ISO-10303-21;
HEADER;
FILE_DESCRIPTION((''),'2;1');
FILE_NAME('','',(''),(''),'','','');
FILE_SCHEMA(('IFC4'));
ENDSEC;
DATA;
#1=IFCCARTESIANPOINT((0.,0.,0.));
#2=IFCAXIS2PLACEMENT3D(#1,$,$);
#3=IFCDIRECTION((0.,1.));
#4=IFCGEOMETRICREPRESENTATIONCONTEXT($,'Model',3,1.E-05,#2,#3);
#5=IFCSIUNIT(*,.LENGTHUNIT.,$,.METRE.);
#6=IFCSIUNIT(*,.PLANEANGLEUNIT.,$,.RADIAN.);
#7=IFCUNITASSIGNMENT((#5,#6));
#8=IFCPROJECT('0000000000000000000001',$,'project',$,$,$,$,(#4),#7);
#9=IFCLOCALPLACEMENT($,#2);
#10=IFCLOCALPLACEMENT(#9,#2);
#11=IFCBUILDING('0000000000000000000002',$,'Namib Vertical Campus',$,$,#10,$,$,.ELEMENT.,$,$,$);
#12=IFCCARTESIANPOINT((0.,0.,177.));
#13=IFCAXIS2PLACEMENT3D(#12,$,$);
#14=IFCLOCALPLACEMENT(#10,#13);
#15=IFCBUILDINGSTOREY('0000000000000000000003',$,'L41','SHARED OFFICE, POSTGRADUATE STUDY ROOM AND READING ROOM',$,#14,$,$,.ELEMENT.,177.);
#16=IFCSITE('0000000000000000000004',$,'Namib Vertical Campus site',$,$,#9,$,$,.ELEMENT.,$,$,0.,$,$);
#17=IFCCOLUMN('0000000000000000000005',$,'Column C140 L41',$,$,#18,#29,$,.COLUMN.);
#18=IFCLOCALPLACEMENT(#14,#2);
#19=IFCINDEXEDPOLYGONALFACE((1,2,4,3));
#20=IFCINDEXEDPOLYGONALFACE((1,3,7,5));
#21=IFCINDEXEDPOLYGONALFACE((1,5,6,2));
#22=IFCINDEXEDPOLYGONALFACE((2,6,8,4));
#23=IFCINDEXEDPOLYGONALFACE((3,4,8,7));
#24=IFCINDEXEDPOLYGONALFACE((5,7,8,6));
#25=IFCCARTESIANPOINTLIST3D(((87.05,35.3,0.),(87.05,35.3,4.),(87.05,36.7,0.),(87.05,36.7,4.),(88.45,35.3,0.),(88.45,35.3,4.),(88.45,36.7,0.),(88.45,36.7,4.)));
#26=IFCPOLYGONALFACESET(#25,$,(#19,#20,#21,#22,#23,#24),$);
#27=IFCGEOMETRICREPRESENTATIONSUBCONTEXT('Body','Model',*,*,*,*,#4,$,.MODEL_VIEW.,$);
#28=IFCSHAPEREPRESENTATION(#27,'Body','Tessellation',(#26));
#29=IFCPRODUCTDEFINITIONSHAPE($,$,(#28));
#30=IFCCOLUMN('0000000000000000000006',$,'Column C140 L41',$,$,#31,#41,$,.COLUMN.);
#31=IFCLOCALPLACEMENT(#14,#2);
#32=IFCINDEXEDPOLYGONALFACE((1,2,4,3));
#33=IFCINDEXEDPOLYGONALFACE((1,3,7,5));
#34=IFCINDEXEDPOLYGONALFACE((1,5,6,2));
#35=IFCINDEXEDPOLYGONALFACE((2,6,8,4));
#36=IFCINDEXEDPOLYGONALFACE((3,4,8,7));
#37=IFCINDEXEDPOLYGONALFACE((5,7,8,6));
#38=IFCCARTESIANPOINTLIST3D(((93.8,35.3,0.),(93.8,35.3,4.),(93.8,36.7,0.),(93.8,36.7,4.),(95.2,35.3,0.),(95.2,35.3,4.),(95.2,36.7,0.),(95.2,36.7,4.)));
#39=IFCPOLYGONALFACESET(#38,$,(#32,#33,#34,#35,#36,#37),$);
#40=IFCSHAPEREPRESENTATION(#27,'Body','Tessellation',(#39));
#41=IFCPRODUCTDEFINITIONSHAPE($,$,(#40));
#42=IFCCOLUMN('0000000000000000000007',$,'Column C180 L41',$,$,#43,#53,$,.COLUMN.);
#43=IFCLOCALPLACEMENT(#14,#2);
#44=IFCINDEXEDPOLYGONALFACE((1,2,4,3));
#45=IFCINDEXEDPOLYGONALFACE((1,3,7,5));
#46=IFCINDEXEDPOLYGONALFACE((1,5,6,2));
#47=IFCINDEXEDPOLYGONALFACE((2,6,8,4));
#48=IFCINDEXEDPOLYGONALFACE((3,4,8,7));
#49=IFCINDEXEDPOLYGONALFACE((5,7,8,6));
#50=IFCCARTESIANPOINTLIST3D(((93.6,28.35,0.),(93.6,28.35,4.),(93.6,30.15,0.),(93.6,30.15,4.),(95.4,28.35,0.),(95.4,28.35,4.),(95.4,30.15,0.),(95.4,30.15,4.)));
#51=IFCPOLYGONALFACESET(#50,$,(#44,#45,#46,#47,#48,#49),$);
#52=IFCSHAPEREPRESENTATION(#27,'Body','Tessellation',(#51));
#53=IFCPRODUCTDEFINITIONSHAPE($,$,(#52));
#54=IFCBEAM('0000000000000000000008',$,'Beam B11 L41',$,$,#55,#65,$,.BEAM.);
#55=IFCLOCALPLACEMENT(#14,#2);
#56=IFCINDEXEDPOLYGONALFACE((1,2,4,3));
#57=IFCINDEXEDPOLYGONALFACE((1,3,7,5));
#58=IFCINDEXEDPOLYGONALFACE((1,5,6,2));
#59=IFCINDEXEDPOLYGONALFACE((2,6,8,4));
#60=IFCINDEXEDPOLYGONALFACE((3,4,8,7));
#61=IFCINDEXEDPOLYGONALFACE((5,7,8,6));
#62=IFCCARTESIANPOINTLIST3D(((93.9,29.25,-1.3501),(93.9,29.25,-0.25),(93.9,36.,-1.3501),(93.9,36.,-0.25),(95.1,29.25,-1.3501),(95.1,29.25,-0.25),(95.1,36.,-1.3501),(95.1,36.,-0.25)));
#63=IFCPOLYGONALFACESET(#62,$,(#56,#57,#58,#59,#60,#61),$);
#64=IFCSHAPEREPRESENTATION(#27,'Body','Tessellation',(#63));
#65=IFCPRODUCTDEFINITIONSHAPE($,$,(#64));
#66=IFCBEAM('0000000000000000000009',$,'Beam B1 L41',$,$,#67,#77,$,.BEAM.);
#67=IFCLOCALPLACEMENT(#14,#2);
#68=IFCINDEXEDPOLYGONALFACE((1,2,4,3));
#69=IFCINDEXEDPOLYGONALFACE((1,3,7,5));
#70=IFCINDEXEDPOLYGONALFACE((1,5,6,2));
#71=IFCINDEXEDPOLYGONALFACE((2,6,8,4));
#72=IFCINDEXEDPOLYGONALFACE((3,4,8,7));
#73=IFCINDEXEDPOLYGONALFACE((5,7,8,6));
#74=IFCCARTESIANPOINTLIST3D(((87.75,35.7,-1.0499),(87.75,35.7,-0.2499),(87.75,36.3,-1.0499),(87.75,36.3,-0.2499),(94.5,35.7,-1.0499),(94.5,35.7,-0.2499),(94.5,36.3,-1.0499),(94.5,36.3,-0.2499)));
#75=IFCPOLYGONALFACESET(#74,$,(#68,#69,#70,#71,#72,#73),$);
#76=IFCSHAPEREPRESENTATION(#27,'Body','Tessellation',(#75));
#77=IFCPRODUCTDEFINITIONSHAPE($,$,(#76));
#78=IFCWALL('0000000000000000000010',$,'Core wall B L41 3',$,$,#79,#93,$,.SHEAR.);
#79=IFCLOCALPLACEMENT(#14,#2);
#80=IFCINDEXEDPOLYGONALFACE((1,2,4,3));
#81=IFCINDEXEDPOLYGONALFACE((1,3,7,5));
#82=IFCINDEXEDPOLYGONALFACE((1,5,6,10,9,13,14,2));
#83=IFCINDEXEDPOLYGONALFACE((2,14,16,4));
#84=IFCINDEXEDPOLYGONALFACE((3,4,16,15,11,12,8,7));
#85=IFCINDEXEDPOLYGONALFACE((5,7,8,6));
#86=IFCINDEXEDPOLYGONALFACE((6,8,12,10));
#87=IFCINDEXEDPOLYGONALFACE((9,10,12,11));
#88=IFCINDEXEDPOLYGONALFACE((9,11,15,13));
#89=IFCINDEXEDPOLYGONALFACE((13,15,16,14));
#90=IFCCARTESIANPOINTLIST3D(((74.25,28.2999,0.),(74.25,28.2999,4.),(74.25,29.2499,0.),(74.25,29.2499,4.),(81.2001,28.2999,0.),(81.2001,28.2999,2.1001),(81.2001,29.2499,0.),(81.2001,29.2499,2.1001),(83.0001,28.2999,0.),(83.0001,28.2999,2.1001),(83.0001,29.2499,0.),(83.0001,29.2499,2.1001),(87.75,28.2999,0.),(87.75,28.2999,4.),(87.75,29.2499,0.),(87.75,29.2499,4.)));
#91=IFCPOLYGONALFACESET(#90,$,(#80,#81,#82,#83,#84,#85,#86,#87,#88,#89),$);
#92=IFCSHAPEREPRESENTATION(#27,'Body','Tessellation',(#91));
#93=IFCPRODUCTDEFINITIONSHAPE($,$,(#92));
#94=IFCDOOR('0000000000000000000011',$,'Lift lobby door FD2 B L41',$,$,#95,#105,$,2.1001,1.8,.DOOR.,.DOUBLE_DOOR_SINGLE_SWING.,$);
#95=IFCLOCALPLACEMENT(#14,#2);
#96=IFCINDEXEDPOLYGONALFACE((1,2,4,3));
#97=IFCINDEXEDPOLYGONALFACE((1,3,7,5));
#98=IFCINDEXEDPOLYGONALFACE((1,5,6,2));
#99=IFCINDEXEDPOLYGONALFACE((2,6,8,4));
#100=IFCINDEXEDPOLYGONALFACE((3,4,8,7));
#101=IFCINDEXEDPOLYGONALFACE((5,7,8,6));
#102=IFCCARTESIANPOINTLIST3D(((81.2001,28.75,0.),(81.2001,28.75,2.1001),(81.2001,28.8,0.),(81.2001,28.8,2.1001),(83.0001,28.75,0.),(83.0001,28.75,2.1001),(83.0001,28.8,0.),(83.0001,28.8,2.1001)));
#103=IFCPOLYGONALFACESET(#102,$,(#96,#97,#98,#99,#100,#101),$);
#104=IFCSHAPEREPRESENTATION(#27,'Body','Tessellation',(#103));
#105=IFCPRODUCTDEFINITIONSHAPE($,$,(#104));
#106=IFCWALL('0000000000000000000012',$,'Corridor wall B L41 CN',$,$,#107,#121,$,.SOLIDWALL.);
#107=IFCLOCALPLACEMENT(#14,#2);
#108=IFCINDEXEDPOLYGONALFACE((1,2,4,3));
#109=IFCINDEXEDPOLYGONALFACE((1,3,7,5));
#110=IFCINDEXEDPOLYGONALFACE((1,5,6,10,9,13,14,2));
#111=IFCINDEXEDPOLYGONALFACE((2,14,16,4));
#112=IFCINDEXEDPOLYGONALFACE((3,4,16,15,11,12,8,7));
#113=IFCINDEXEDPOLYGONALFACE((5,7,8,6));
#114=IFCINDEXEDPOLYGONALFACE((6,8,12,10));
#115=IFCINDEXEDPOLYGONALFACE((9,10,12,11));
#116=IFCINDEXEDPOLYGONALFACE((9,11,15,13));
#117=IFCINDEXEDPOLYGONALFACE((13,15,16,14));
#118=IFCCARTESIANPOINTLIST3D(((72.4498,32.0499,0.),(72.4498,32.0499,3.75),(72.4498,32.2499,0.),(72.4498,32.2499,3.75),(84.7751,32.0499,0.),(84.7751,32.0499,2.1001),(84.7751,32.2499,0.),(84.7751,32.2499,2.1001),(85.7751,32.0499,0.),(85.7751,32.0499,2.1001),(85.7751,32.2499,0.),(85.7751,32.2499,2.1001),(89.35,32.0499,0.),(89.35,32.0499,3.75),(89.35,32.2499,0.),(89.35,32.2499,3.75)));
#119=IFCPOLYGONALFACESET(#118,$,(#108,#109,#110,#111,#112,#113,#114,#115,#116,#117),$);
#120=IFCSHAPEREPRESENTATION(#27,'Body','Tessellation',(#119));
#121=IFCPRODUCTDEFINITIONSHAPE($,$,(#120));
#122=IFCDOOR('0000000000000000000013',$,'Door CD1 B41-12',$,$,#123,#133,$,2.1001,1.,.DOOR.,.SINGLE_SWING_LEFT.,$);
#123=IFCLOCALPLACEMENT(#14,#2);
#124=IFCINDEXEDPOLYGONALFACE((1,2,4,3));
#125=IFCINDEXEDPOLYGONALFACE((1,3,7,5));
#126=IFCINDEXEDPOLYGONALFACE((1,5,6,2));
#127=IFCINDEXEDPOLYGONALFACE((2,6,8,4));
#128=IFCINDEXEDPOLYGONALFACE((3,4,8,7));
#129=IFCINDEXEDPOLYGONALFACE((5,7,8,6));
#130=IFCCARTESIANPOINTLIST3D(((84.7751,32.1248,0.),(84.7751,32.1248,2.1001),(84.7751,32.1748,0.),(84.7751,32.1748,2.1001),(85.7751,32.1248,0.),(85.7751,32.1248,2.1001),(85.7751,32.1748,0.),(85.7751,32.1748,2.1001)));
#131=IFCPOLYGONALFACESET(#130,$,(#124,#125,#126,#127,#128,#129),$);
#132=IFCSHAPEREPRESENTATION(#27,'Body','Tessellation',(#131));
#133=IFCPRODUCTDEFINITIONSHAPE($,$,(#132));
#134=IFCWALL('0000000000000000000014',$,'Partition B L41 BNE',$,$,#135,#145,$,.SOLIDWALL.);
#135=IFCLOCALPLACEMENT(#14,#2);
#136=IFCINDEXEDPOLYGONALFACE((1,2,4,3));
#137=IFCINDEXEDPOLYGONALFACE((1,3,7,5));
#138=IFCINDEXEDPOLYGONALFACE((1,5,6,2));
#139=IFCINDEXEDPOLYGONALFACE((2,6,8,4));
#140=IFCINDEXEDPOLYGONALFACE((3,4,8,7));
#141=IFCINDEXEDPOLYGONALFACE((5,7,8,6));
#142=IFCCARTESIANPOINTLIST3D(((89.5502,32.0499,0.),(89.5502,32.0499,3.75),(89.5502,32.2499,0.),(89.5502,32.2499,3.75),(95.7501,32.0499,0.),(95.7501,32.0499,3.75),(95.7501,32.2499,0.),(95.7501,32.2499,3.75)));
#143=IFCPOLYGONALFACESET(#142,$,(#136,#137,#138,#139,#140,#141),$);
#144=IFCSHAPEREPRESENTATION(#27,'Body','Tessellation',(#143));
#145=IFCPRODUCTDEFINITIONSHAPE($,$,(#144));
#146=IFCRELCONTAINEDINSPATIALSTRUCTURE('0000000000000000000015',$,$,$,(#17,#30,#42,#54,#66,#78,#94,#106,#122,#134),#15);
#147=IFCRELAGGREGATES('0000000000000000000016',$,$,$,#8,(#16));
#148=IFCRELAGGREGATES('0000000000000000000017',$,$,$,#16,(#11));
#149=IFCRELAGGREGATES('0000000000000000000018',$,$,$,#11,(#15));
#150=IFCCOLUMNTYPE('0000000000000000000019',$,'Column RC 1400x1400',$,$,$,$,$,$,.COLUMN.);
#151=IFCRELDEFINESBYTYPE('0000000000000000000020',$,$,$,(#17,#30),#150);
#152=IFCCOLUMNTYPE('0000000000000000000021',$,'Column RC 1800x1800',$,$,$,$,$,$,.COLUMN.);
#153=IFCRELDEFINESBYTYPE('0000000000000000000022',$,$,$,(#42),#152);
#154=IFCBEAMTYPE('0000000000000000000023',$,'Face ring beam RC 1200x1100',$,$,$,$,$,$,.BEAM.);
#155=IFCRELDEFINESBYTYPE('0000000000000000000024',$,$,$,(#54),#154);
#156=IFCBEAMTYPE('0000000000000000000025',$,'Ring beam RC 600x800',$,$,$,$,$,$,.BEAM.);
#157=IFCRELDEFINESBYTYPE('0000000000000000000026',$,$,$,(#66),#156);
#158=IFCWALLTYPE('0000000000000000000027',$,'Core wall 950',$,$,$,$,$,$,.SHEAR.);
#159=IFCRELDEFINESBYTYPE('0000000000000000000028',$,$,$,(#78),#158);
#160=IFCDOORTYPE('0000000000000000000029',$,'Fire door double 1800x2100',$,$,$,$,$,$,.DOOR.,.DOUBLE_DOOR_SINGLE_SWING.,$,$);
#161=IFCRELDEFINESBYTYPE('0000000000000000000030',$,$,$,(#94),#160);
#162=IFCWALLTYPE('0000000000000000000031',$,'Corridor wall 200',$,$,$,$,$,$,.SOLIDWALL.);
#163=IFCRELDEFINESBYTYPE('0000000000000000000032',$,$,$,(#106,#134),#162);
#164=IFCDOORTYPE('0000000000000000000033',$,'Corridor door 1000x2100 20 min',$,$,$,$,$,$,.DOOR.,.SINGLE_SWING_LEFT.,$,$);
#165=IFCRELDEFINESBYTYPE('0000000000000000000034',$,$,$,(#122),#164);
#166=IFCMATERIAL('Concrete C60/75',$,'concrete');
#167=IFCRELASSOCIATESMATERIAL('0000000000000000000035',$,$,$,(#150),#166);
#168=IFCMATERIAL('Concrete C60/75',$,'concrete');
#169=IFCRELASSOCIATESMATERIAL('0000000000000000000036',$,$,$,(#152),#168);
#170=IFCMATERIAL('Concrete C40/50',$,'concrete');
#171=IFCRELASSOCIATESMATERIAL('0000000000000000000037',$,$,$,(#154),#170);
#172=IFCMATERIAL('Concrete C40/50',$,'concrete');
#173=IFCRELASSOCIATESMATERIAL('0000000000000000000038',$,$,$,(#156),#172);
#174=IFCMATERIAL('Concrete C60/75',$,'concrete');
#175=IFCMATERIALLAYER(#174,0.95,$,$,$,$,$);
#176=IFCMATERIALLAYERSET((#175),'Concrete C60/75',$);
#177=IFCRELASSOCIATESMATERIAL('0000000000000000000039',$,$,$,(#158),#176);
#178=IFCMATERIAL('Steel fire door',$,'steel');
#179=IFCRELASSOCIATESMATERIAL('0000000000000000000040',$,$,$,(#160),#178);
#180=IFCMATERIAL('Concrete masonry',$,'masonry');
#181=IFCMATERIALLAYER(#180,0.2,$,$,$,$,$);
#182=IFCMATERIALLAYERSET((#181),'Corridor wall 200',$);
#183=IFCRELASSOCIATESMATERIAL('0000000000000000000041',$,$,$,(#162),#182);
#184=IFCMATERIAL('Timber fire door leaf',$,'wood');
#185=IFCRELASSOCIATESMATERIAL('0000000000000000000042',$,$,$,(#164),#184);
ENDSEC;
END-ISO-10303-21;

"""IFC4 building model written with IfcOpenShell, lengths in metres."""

from ifc_helpers import new_model, si_unit, direction, frame, frame_2d, origin, origin_2d, place, context, subcontext, project, spatial, rectangle, extrude, material, layer, layer_set, material_profile, profile_set, type_object, element, fill, save


model = new_model("IFC4")

# Units and contexts
model_context = context("Model", 3, precision=1e-05, world=origin(), true_north=direction((0.0, 1.0)))
body_context = subcontext(model_context, "Body", "Model", "MODEL_VIEW")
ifc_project = project(units=[si_unit("LENGTHUNIT", "METRE"), si_unit("PLANEANGLEUNIT", "RADIAN")], contexts=[model_context])

# Site, building, storey
site_placement = place(None, origin())
site = spatial("IfcSite", under=ifc_project, at=site_placement, Name="Namib Vertical Campus site", CompositionType="ELEMENT", RefElevation=0.0)
building_placement = place(site_placement, origin())
building = spatial("IfcBuilding", under=site, at=building_placement, Name="Namib Vertical Campus", CompositionType="ELEMENT")
storey_placement = place(building_placement, frame((0.0, 0.0, 177.0)))
storey = spatial("IfcBuildingStorey", under=building, at=storey_placement, Name="L41", Description="SHARED OFFICE, POSTGRADUATE STUDY ROOM AND READING ROOM", CompositionType="ELEMENT", Elevation=177.0)

# Columns
ifc_material_1 = material(Name="Concrete C60/75", Category="concrete")
ifc_material_profile_1 = material_profile(ifc_material_1, rectangle(XDim=1.3999, YDim=1.3999, at=origin_2d()))
ifc_profile_set_1 = profile_set([ifc_material_profile_1], Name="Concrete C60/75")
column_type_1 = type_object("IfcColumnType", Name="Column RC 1400x1400", PredefinedType="COLUMN", material=ifc_profile_set_1)
for number, where, z_axis, x_axis, name in (
    (1, (87.75, 36.0, 0.0), (0.0, 0.0, 1.0), (1.0, 0.0, 0.0), "Column C140 L41"),
    (2, (94.5, 36.0, 0.0), (0.0, 0.0, 1.0), (1.0, 0.0, 0.0), "Column C140 L41"),
):
    element("IfcColumn", number, at=place(storey_placement, frame(where, z_axis=z_axis, x_axis=x_axis)), inside=storey, type_object=column_type_1, Name=name, PredefinedType="COLUMN", context=body_context, shape_type="SweptSolid", body=[
        extrude(rectangle(XDim=1.3999, YDim=1.3999, at=origin_2d()), origin(), (0.0, 0.0, 1.0), 4.0),
    ])
ifc_material_2 = material(Name="Concrete C60/75", Category="concrete")
ifc_material_profile_2 = material_profile(ifc_material_2, rectangle(XDim=1.8, YDim=1.8, at=origin_2d()))
ifc_profile_set_2 = profile_set([ifc_material_profile_2], Name="Concrete C60/75")
column_type_2 = type_object("IfcColumnType", Name="Column RC 1800x1800", PredefinedType="COLUMN", material=ifc_profile_set_2)
column_placement = place(storey_placement, frame((94.5, 29.25, 0.0), z_axis=(0.0, 0.0, 1.0), x_axis=(1.0, 0.0, 0.0)))
element("IfcColumn", 3, at=column_placement, inside=storey, type_object=column_type_2, Name="Column C180 L41", PredefinedType="COLUMN", context=body_context, shape_type="SweptSolid", body=[
    extrude(rectangle(XDim=1.8, YDim=1.8, at=origin_2d()), origin(), (0.0, 0.0, 1.0), 4.0),
])

# Beams
ifc_material_3 = material(Name="Concrete C40/50", Category="concrete")
ifc_material_profile_3 = material_profile(ifc_material_3, rectangle(XDim=1.2, YDim=1.1001, at=origin_2d()))
ifc_profile_set_3 = profile_set([ifc_material_profile_3], Name="Concrete C40/50")
beam_type_1 = type_object("IfcBeamType", Name="Face ring beam RC 1200x1100", PredefinedType="BEAM", material=ifc_profile_set_3)
beam_1_placement = place(storey_placement, frame((94.5, 29.25, -0.8), z_axis=(0.0, 1.0, 0.0), x_axis=(-1.0, 0.0, 0.0)))
element("IfcBeam", 4, at=beam_1_placement, inside=storey, type_object=beam_type_1, Name="Beam B11 L41", PredefinedType="BEAM", context=body_context, shape_type="SweptSolid", body=[
    extrude(rectangle(XDim=1.2, YDim=1.1001, at=origin_2d()), origin(), (0.0, 0.0, 1.0), 6.75),
])
ifc_material_4 = material(Name="Concrete C40/50", Category="concrete")
ifc_material_profile_4 = material_profile(ifc_material_4, rectangle(XDim=0.6001, YDim=0.8, at=origin_2d()))
ifc_profile_set_4 = profile_set([ifc_material_profile_4], Name="Concrete C40/50")
beam_type_2 = type_object("IfcBeamType", Name="Ring beam RC 600x800", PredefinedType="BEAM", material=ifc_profile_set_4)
beam_2_placement = place(storey_placement, frame((87.75, 36.0, -0.6499), z_axis=(1.0, 0.0, 0.0), x_axis=(0.0, 1.0, 0.0)))
element("IfcBeam", 5, at=beam_2_placement, inside=storey, type_object=beam_type_2, Name="Beam B1 L41", PredefinedType="BEAM", context=body_context, shape_type="SweptSolid", body=[
    extrude(rectangle(XDim=0.6001, YDim=0.8, at=origin_2d()), origin(), (0.0, 0.0, 1.0), 6.75),
])

# Walls, openings, doors
ifc_material_5 = material(Name="Concrete C60/75", Category="concrete")
ifc_layer_1 = layer(ifc_material_5, 0.95)
ifc_layer_set_1 = layer_set([ifc_layer_1], Name="Concrete C60/75")
wall_type_1 = type_object("IfcWallType", Name="Core wall 950", PredefinedType="SHEAR", material=ifc_layer_set_1)
wall_1_placement = place(storey_placement, frame((87.75, 28.7749, 0.0), z_axis=(0.0, 0.0, 1.0), x_axis=(-1.0, 0.0, 0.0)))
wall_1 = element("IfcWall", 6, at=wall_1_placement, inside=storey, type_object=wall_type_1, Name="Core wall B L41 3", PredefinedType="SHEAR", context=body_context, shape_type="SweptSolid", body=[
    extrude(rectangle(XDim=13.5, YDim=0.95, at=frame_2d((6.75, 0.0))), origin(), (0.0, 0.0, 1.0), 4.0),
])
opening_1_placement = place(wall_1_placement, frame((4.75, 0.0, 0.0)))
opening_1 = element("IfcOpeningElement", 7, at=opening_1_placement, cuts=wall_1, PredefinedType="OPENING", context=body_context, shape_type="SweptSolid", body=[
    extrude(rectangle(XDim=1.8, YDim=2.1001, at=frame_2d((0.8999, 1.05))), frame((0.0, 0.4849, 0.0), z_axis=(0.0, -1.0, 0.0), x_axis=(1.0, 0.0, 0.0)), (0.0, 0.0, 1.0), 0.97),
])
ifc_material_6 = material(Name="Steel fire door", Category="steel")
door_type_1 = type_object("IfcDoorType", Name="Fire door double 1800x2100", OperationType="DOUBLE_DOOR_SINGLE_SWING", PredefinedType="DOOR", material=ifc_material_6)
door_1_placement = place(opening_1_placement, origin())
door_1 = element("IfcDoor", 8, at=door_1_placement, inside=storey, type_object=door_type_1, Name="Lift lobby door FD2 B L41", OperationType="DOUBLE_DOOR_SINGLE_SWING", OverallHeight=2.1001, OverallWidth=1.8, PredefinedType="DOOR", context=body_context, shape_type="SweptSolid", body=[
    extrude(rectangle(XDim=1.8, YDim=2.1001, at=frame_2d((0.8999, 1.05))), frame((0.0, 0.0249, 0.0), z_axis=(0.0, -1.0, 0.0), x_axis=(1.0, 0.0, 0.0)), (0.0, 0.0, 1.0), 0.05),
])
fill(opening_1, door_1)
ifc_material_7 = material(Name="Concrete masonry", Category="masonry")
ifc_layer_2 = layer(ifc_material_7, 0.2)
ifc_layer_set_2 = layer_set([ifc_layer_2], Name="Corridor wall 200")
wall_type_2 = type_object("IfcWallType", Name="Corridor wall 200", PredefinedType="SOLIDWALL", material=ifc_layer_set_2)
wall_2_placement = place(storey_placement, frame((89.3501, 32.1499, 0.0), z_axis=(0.0, 0.0, 1.0), x_axis=(-1.0, 0.0, 0.0)))
wall_2 = element("IfcWall", 9, at=wall_2_placement, inside=storey, type_object=wall_type_2, Name="Corridor wall B L41 CN", PredefinedType="SOLIDWALL", context=body_context, shape_type="SweptSolid", body=[
    extrude(rectangle(XDim=16.9001, YDim=0.2, at=frame_2d((8.4502, 0.0))), origin(), (0.0, 0.0, 1.0), 3.75),
])
opening_2_placement = place(wall_2_placement, frame((3.575, 0.0, 0.0)))
opening_2 = element("IfcOpeningElement", 10, at=opening_2_placement, cuts=wall_2, PredefinedType="OPENING", context=body_context, shape_type="SweptSolid", body=[
    extrude(rectangle(XDim=1.0, YDim=2.1001, at=frame_2d((0.5, 1.05))), frame((0.0, 0.1099, 0.0), z_axis=(0.0, -1.0, 0.0), x_axis=(1.0, 0.0, 0.0)), (0.0, 0.0, 1.0), 0.22),
])
ifc_material_8 = material(Name="Timber fire door leaf", Category="wood")
door_type_2 = type_object("IfcDoorType", Name="Corridor door 1000x2100 20 min", OperationType="SINGLE_SWING_LEFT", PredefinedType="DOOR", material=ifc_material_8)
door_2_placement = place(opening_2_placement, frame((1.0, 0.0, 0.0), z_axis=(0.0, 0.0, 1.0), x_axis=(-1.0, 0.0, 0.0)))
door_2 = element("IfcDoor", 11, at=door_2_placement, inside=storey, type_object=door_type_2, Name="Door CD1 B41-12", OperationType="SINGLE_SWING_LEFT", OverallHeight=2.1001, OverallWidth=1.0, PredefinedType="DOOR", context=body_context, shape_type="SweptSolid", body=[
    extrude(rectangle(XDim=1.0, YDim=2.1001, at=frame_2d((0.5, 1.05))), frame((0.0, 0.0249, 0.0), z_axis=(0.0, -1.0, 0.0), x_axis=(1.0, 0.0, 0.0)), (0.0, 0.0, 1.0), 0.05),
])
fill(opening_2, door_2)

# Wall
wall_3_placement = place(storey_placement, frame((89.55, 32.1499, 0.0), z_axis=(0.0, 0.0, 1.0), x_axis=(1.0, 0.0, 0.0)))
element("IfcWall", 12, at=wall_3_placement, inside=storey, type_object=wall_type_2, Name="Partition B L41 BNE", PredefinedType="SOLIDWALL", context=body_context, shape_type="SweptSolid", body=[
    extrude(rectangle(XDim=6.2, YDim=0.2, at=frame_2d((3.1001, 0.0))), origin(), (0.0, 0.0, 1.0), 3.75),
])

save(model, "model.ifc")
